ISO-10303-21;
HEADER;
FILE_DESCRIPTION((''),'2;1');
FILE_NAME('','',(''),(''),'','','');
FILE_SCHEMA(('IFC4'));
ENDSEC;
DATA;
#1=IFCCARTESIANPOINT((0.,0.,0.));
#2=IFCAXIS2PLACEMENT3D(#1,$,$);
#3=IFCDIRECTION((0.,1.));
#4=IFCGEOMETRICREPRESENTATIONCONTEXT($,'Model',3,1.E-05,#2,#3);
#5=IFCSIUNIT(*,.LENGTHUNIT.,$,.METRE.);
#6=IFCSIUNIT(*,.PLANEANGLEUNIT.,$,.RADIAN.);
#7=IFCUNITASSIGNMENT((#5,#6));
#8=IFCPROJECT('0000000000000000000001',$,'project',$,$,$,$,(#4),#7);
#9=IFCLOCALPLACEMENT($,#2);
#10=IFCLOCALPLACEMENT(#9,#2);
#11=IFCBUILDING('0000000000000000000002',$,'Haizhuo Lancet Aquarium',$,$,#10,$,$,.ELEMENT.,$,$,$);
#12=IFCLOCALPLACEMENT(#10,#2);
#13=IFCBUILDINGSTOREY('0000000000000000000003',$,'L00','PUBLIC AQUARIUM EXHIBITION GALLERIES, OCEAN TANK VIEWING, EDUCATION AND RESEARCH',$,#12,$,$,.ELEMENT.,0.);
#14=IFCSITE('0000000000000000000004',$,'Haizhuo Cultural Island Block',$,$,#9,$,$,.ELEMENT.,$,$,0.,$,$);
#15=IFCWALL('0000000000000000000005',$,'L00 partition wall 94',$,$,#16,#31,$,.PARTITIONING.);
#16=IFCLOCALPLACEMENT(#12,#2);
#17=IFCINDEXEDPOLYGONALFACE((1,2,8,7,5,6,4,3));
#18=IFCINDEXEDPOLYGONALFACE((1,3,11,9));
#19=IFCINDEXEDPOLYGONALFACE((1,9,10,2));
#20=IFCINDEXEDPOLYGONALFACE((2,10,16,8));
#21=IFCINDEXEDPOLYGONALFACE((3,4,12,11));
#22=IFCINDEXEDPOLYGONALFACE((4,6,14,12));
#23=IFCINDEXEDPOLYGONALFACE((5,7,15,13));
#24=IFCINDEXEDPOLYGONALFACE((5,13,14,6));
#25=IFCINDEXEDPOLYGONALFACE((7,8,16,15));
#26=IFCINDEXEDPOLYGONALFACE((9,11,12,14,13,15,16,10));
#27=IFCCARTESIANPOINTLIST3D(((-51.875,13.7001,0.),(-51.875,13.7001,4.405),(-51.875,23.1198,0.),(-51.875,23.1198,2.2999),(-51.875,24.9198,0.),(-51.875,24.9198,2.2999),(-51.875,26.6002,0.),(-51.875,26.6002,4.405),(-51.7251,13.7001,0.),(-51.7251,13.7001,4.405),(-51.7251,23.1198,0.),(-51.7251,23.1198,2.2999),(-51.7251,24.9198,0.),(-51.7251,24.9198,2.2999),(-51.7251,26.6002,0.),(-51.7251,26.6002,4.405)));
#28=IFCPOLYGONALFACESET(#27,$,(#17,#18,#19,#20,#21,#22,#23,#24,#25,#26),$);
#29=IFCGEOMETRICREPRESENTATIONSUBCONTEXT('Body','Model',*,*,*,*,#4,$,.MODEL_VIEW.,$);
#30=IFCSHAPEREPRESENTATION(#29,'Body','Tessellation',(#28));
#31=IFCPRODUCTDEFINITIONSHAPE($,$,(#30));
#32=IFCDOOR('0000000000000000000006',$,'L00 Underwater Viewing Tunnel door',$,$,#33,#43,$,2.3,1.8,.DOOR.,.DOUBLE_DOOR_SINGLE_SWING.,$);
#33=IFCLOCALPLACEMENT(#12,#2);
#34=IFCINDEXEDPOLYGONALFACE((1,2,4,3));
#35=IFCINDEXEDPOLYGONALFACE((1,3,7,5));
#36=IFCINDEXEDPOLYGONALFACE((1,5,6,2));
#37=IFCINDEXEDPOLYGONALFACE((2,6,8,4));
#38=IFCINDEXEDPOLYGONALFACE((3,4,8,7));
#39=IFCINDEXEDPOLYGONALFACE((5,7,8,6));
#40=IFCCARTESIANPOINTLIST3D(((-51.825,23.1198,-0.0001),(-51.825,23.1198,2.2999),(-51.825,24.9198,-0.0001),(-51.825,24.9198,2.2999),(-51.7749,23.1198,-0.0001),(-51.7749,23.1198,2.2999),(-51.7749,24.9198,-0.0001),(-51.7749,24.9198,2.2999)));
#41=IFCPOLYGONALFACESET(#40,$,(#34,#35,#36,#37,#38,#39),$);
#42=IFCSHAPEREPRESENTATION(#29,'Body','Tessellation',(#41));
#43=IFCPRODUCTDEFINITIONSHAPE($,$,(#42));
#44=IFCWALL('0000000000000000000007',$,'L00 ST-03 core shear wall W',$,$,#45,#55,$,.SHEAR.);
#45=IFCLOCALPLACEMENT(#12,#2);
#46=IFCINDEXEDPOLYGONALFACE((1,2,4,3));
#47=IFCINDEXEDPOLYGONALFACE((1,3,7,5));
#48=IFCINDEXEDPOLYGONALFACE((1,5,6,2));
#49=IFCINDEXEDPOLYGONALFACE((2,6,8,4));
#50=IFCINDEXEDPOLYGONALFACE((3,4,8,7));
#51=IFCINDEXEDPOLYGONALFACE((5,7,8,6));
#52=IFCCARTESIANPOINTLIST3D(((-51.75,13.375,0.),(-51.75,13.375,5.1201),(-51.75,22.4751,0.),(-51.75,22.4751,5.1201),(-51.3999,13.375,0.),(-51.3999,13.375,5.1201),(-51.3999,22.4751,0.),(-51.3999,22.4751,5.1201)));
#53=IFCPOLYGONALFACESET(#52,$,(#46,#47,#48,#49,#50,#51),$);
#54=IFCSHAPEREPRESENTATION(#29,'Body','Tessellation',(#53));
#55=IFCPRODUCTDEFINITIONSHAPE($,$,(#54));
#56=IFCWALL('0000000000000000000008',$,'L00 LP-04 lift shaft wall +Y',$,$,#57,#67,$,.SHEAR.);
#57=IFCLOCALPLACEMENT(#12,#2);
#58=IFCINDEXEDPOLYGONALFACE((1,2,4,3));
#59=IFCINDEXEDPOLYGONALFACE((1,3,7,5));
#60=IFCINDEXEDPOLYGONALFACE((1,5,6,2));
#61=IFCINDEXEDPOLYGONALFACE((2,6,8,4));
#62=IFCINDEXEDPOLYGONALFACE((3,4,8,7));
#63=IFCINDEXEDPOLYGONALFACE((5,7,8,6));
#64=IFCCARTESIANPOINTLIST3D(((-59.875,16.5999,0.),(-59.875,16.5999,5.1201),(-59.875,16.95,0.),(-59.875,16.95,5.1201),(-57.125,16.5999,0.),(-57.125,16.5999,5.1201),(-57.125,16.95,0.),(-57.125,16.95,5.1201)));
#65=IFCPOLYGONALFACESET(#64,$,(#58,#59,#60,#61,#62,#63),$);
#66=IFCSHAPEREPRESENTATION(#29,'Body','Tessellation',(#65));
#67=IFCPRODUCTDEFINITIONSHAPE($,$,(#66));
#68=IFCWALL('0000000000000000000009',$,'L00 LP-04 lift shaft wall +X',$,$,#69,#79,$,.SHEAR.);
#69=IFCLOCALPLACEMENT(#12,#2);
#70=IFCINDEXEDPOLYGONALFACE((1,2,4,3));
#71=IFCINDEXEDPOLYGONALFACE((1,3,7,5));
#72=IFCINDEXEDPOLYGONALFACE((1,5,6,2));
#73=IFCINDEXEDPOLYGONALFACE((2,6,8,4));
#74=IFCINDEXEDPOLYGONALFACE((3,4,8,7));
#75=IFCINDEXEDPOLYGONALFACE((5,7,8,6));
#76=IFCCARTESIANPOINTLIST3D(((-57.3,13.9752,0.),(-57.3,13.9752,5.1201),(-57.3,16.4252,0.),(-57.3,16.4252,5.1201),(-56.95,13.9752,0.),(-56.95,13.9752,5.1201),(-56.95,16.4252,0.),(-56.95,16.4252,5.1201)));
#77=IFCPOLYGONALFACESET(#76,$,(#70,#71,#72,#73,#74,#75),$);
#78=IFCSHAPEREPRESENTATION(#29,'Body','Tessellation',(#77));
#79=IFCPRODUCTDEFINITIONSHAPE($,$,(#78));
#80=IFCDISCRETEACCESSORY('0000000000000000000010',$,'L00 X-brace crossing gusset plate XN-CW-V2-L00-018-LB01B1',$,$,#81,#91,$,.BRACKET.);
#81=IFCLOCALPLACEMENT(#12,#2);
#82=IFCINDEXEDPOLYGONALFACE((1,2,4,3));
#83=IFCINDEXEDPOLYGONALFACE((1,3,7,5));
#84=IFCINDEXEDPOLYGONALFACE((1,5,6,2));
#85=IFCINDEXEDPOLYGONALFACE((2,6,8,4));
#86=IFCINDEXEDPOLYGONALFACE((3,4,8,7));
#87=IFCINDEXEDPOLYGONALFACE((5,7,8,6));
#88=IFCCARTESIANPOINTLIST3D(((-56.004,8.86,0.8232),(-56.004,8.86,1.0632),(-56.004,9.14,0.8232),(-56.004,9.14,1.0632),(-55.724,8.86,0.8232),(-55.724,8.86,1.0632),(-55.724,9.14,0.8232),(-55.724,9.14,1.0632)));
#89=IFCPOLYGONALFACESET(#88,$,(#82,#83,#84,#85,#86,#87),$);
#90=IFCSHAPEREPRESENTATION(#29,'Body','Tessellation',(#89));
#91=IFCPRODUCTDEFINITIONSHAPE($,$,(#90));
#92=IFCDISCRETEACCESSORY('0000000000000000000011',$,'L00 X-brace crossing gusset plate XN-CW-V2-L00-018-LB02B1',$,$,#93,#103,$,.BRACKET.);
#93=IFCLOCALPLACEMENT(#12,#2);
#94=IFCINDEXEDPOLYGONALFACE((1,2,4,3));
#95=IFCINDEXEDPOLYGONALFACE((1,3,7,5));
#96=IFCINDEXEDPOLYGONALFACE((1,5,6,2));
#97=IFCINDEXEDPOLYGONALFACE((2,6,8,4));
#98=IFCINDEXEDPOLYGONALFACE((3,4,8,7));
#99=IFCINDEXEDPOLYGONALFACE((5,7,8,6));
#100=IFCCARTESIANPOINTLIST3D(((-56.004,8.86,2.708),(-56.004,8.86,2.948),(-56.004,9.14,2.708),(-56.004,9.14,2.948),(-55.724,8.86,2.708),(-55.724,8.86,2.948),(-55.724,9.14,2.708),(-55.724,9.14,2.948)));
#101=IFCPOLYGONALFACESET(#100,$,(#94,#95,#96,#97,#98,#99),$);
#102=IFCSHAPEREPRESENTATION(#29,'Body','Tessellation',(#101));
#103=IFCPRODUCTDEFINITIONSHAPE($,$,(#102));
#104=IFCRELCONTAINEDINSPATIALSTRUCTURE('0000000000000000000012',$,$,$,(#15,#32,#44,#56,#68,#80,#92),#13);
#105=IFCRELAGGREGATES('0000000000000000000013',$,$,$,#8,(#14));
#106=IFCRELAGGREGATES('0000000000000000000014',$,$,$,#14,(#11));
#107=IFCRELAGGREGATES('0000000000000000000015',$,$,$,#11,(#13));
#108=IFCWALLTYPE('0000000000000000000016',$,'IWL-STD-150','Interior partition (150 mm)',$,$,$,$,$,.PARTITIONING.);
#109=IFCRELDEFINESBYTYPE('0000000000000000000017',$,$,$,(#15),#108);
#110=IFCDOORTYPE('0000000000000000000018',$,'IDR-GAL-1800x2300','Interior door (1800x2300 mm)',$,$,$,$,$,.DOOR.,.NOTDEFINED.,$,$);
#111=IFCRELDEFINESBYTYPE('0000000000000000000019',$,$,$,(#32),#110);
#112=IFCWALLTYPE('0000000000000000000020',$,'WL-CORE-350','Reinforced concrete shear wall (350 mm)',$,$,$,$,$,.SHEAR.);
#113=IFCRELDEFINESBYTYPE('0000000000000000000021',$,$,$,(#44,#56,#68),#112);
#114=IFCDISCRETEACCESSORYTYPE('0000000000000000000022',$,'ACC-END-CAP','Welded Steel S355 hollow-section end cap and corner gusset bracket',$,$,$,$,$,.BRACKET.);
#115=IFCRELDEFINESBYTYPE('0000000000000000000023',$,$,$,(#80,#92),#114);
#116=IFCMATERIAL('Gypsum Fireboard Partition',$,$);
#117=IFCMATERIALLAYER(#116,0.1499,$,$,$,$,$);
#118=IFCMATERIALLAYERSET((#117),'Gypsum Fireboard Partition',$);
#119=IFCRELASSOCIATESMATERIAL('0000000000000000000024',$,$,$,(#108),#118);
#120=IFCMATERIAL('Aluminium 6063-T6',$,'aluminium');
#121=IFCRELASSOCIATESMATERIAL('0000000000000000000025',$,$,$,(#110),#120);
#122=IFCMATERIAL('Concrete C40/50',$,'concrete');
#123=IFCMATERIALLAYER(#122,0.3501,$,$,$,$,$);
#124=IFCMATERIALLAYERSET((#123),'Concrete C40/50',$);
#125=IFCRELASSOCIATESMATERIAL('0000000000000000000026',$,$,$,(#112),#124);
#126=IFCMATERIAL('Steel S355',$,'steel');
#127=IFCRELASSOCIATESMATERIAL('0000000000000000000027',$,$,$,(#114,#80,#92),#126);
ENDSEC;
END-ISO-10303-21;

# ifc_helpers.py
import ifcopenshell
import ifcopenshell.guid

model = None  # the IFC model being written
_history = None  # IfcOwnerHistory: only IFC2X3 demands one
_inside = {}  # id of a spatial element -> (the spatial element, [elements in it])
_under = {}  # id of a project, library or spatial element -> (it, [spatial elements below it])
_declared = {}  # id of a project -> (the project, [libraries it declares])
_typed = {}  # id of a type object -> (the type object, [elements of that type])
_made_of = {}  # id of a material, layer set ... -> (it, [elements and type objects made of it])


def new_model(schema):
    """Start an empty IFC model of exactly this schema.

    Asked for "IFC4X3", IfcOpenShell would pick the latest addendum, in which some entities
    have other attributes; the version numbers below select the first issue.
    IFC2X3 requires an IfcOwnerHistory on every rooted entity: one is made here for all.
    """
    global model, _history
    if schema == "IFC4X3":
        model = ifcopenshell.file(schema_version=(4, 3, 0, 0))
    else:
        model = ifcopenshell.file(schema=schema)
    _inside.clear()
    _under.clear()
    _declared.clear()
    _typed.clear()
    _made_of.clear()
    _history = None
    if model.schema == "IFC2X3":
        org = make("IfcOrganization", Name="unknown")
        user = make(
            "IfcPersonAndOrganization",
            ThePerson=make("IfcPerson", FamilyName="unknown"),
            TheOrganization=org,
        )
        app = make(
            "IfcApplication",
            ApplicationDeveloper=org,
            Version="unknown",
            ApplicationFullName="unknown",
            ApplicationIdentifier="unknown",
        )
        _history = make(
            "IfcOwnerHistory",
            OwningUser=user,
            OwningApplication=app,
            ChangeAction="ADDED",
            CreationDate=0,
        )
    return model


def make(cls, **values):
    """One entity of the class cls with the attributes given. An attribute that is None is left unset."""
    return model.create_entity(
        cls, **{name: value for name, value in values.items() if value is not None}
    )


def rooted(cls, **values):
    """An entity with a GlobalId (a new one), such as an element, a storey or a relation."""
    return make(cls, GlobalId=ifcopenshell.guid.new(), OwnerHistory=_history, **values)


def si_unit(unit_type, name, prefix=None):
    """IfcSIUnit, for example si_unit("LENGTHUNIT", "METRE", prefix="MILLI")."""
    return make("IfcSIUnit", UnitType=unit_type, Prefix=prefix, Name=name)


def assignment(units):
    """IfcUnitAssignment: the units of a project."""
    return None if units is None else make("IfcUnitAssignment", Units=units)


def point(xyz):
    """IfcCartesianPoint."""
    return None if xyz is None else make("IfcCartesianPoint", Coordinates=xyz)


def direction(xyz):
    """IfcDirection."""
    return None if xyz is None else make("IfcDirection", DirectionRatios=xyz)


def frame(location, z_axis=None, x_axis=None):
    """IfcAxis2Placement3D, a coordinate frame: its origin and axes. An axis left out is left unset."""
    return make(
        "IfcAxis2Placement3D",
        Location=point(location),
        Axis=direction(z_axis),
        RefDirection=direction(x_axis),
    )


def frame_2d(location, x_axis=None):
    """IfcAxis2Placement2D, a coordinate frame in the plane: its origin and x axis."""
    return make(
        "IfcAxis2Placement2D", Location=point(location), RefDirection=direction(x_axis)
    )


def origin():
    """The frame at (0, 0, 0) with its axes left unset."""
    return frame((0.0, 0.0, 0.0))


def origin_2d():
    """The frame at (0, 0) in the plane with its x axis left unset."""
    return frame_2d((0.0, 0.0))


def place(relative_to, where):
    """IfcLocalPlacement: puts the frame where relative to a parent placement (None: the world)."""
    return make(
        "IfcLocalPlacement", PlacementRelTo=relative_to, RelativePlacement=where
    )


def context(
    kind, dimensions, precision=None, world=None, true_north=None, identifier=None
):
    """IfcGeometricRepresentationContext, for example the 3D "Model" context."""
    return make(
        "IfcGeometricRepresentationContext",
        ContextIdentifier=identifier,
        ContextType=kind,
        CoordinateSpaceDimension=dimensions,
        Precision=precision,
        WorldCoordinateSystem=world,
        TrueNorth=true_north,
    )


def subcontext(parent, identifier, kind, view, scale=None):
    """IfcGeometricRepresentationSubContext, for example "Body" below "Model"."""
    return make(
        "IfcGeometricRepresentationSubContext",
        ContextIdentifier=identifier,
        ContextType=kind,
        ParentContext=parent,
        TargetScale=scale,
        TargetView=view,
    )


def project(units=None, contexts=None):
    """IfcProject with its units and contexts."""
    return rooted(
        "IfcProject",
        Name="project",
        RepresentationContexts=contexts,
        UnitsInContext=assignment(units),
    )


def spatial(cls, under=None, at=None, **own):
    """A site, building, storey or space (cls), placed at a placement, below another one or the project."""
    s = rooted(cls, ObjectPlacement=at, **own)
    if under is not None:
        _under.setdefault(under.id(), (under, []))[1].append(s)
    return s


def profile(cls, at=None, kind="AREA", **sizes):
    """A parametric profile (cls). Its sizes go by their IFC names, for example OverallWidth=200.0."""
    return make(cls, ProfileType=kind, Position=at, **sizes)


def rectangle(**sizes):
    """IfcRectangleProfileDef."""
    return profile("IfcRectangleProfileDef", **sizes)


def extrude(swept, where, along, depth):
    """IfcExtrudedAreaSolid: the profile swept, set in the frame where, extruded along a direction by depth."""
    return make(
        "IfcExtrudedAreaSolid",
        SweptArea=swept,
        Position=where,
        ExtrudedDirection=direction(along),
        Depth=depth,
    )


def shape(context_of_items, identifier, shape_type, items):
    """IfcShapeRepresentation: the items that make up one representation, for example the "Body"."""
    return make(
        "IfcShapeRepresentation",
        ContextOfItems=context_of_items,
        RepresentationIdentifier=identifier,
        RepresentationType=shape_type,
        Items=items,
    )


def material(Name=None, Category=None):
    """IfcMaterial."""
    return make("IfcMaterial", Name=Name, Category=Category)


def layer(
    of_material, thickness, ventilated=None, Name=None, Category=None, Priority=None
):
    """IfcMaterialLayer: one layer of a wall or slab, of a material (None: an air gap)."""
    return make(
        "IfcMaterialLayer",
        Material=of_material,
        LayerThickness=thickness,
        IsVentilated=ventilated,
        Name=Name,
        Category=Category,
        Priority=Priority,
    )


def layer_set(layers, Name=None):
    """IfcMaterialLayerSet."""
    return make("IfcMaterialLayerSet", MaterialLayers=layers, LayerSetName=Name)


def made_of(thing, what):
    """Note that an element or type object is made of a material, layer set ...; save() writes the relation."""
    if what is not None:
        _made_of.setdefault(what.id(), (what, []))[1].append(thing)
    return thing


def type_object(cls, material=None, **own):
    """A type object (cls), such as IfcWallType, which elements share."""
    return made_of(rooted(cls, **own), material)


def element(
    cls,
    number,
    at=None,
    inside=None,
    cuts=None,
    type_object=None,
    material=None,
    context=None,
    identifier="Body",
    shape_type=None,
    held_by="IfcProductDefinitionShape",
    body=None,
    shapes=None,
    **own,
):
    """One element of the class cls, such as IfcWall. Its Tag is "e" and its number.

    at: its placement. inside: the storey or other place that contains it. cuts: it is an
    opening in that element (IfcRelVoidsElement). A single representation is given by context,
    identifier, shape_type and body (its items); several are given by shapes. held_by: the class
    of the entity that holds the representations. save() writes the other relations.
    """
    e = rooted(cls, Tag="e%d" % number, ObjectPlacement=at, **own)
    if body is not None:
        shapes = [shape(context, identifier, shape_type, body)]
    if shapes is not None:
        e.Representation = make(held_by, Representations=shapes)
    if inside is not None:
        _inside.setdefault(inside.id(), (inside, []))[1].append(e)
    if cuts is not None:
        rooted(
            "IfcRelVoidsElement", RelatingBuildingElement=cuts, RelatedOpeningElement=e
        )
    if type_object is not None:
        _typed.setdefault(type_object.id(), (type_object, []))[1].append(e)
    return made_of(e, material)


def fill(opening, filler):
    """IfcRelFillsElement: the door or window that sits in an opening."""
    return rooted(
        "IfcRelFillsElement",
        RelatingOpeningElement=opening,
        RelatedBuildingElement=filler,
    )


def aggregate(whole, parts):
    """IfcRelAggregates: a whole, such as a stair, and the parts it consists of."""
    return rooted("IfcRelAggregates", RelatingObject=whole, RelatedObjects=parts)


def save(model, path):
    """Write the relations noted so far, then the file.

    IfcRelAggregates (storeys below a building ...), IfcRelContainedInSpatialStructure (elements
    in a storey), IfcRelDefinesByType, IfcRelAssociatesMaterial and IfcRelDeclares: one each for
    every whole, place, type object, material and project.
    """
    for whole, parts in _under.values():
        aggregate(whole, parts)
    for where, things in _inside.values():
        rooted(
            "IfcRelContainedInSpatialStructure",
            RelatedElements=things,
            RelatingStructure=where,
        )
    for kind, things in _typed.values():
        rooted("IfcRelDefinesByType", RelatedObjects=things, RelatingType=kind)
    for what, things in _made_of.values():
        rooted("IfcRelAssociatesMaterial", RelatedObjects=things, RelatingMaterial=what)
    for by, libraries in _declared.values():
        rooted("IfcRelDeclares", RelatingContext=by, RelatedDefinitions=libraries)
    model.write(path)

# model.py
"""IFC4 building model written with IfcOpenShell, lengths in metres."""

from ifc_helpers import new_model, si_unit, direction, frame, frame_2d, origin, origin_2d, place, context, subcontext, project, spatial, rectangle, extrude, material, layer, layer_set, type_object, element, fill, save


model = new_model("IFC4")

# Units and contexts
model_context = context("Model", 3, precision=1e-05, world=origin(), true_north=direction((0.0, 1.0)))
body_context = subcontext(model_context, "Body", "Model", "MODEL_VIEW")
ifc_project = project(units=[si_unit("LENGTHUNIT", "METRE"), si_unit("PLANEANGLEUNIT", "RADIAN")], contexts=[model_context])

# Site, building, storey
site_placement = place(None, origin())
site = spatial("IfcSite", under=ifc_project, at=site_placement, Name="Haizhuo Cultural Island Block", CompositionType="ELEMENT", RefElevation=0.0)
building_placement = place(site_placement, origin())
building = spatial("IfcBuilding", under=site, at=building_placement, Name="Haizhuo Lancet Aquarium", CompositionType="ELEMENT")
storey_placement = place(building_placement, origin())
storey = spatial("IfcBuildingStorey", under=building, at=storey_placement, Name="L00", Description="PUBLIC AQUARIUM EXHIBITION GALLERIES, OCEAN TANK VIEWING, EDUCATION AND RESEARCH", CompositionType="ELEMENT", Elevation=0.0)

# Shared definitions
ifc_material_1 = material(Name="Concrete C40/50", Category="concrete")
ifc_material_2 = material(Name="Steel S355", Category="steel")

# Shared definitions
ifc_material_3 = material(Name="Aluminium 6063-T6", Category="aluminium")

# Shared definitions
ifc_material_4 = material(Name="Gypsum Fireboard Partition")
ifc_layer_1 = layer(ifc_material_4, 0.1499)
ifc_layer_set_1 = layer_set([ifc_layer_1], Name="Gypsum Fireboard Partition")
wall_type_1 = type_object("IfcWallType", Name="IWL-STD-150", Description="Interior partition (150 mm)", PredefinedType="PARTITIONING", material=ifc_layer_set_1)

# Wall, opening, door
wall_1_placement = place(storey_placement, frame((-51.8, 13.7, 0.0), z_axis=(0.0, 0.0, 1.0), x_axis=(0.0, 1.0, 0.0)))
wall_1 = element("IfcWall", 1, at=wall_1_placement, inside=storey, type_object=wall_type_1, Name="L00 partition wall 94", PredefinedType="PARTITIONING", context=body_context, shape_type="SweptSolid", body=[
    extrude(rectangle(XDim=12.9001, YDim=0.1499, at=frame_2d((6.4502, 0.0))), origin(), (0.0, 0.0, 1.0), 4.405),
])
opening_placement = place(wall_1_placement, frame((9.4199, 0.0, 0.0)))
opening = element("IfcOpeningElement", 2, at=opening_placement, cuts=wall_1, PredefinedType="OPENING", context=body_context, shape_type="SweptSolid", body=[
    extrude(rectangle(XDim=1.8, YDim=2.3, at=frame_2d((0.8999, 1.1499))), frame((0.0, 0.085, 0.0), z_axis=(0.0, -1.0, 0.0), x_axis=(1.0, 0.0, 0.0)), (0.0, 0.0, 1.0), 0.1699),
])
door_type = type_object("IfcDoorType", Name="IDR-GAL-1800x2300", Description="Interior door (1800x2300 mm)", OperationType="NOTDEFINED", PredefinedType="DOOR", material=ifc_material_3)
door_placement = place(opening_placement, origin())
door = element("IfcDoor", 3, at=door_placement, inside=storey, type_object=door_type, Name="L00 Underwater Viewing Tunnel door", OperationType="DOUBLE_DOOR_SINGLE_SWING", OverallHeight=2.3, OverallWidth=1.8, PredefinedType="DOOR", context=body_context, shape_type="SweptSolid", body=[
    extrude(rectangle(XDim=1.8, YDim=2.3, at=frame_2d((0.8999, 1.1499))), frame((0.0, 0.0249, 0.0), z_axis=(0.0, -1.0, 0.0), x_axis=(1.0, 0.0, 0.0)), (0.0, 0.0, 1.0), 0.05),
])
fill(opening, door)

# Walls
ifc_layer_2 = layer(ifc_material_1, 0.3501)
ifc_layer_set_2 = layer_set([ifc_layer_2], Name="Concrete C40/50")
wall_type_2 = type_object("IfcWallType", Name="WL-CORE-350", Description="Reinforced concrete shear wall (350 mm)", PredefinedType="SHEAR", material=ifc_layer_set_2)
wall_2_placement = place(storey_placement, frame((-51.575, 13.375, 0.0), z_axis=(0.0, 0.0, 1.0), x_axis=(0.0, 1.0, 0.0)))
element("IfcWall", 4, at=wall_2_placement, inside=storey, type_object=wall_type_2, Name="L00 ST-03 core shear wall W", PredefinedType="SHEAR", context=body_context, shape_type="SweptSolid", body=[
    extrude(rectangle(XDim=9.1001, YDim=0.3501, at=frame_2d((4.55, 0.0))), origin(), (0.0, 0.0, 1.0), 5.1201),
])
wall_3_placement = place(storey_placement, frame((-57.125, 16.7749, 0.0), z_axis=(0.0, 0.0, 1.0), x_axis=(-1.0, 0.0, 0.0)))
element("IfcWall", 5, at=wall_3_placement, inside=storey, type_object=wall_type_2, Name="L00 LP-04 lift shaft wall +Y", PredefinedType="SHEAR", context=body_context, shape_type="SweptSolid", body=[
    extrude(rectangle(XDim=2.75, YDim=0.3501, at=frame_2d((1.375, 0.0))), origin(), (0.0, 0.0, 1.0), 5.1201),
])
wall_4_placement = place(storey_placement, frame((-57.125, 13.9751, 0.0), z_axis=(0.0, 0.0, 1.0), x_axis=(0.0, 1.0, 0.0)))
element("IfcWall", 6, at=wall_4_placement, inside=storey, type_object=wall_type_2, Name="L00 LP-04 lift shaft wall +X", PredefinedType="SHEAR", context=body_context, shape_type="SweptSolid", body=[
    extrude(rectangle(XDim=2.45, YDim=0.3501, at=frame_2d((1.2251, 0.0))), origin(), (0.0, 0.0, 1.0), 5.1201),
])

# Discrete accessories
discrete_accessory_type = type_object("IfcDiscreteAccessoryType", Name="ACC-END-CAP", Description="Welded Steel S355 hollow-section end cap and corner gusset bracket", PredefinedType="BRACKET", material=ifc_material_2)
for number, where, z_axis, x_axis, name in (
    (7, (-55.864, 9.0, 0.8232), (0.0, 0.0, 1.0), (1.0, 0.0, 0.0), "L00 X-brace crossing gusset plate XN-CW-V2-L00-018-LB01B1"),
    (8, (-55.864, 9.0, 2.708), (0.0, 0.0, 1.0), (1.0, 0.0, 0.0), "L00 X-brace crossing gusset plate XN-CW-V2-L00-018-LB02B1"),
):
    element("IfcDiscreteAccessory", number, at=place(storey_placement, frame(where, z_axis=z_axis, x_axis=x_axis)), inside=storey, type_object=discrete_accessory_type, material=ifc_material_2, Name=name, PredefinedType="BRACKET", context=body_context, shape_type="SweptSolid", body=[
        extrude(rectangle(XDim=0.28, YDim=0.28, at=origin_2d()), origin(), (0.0, 0.0, 1.0), 0.24),
    ])

save(model, "model.ifc")
